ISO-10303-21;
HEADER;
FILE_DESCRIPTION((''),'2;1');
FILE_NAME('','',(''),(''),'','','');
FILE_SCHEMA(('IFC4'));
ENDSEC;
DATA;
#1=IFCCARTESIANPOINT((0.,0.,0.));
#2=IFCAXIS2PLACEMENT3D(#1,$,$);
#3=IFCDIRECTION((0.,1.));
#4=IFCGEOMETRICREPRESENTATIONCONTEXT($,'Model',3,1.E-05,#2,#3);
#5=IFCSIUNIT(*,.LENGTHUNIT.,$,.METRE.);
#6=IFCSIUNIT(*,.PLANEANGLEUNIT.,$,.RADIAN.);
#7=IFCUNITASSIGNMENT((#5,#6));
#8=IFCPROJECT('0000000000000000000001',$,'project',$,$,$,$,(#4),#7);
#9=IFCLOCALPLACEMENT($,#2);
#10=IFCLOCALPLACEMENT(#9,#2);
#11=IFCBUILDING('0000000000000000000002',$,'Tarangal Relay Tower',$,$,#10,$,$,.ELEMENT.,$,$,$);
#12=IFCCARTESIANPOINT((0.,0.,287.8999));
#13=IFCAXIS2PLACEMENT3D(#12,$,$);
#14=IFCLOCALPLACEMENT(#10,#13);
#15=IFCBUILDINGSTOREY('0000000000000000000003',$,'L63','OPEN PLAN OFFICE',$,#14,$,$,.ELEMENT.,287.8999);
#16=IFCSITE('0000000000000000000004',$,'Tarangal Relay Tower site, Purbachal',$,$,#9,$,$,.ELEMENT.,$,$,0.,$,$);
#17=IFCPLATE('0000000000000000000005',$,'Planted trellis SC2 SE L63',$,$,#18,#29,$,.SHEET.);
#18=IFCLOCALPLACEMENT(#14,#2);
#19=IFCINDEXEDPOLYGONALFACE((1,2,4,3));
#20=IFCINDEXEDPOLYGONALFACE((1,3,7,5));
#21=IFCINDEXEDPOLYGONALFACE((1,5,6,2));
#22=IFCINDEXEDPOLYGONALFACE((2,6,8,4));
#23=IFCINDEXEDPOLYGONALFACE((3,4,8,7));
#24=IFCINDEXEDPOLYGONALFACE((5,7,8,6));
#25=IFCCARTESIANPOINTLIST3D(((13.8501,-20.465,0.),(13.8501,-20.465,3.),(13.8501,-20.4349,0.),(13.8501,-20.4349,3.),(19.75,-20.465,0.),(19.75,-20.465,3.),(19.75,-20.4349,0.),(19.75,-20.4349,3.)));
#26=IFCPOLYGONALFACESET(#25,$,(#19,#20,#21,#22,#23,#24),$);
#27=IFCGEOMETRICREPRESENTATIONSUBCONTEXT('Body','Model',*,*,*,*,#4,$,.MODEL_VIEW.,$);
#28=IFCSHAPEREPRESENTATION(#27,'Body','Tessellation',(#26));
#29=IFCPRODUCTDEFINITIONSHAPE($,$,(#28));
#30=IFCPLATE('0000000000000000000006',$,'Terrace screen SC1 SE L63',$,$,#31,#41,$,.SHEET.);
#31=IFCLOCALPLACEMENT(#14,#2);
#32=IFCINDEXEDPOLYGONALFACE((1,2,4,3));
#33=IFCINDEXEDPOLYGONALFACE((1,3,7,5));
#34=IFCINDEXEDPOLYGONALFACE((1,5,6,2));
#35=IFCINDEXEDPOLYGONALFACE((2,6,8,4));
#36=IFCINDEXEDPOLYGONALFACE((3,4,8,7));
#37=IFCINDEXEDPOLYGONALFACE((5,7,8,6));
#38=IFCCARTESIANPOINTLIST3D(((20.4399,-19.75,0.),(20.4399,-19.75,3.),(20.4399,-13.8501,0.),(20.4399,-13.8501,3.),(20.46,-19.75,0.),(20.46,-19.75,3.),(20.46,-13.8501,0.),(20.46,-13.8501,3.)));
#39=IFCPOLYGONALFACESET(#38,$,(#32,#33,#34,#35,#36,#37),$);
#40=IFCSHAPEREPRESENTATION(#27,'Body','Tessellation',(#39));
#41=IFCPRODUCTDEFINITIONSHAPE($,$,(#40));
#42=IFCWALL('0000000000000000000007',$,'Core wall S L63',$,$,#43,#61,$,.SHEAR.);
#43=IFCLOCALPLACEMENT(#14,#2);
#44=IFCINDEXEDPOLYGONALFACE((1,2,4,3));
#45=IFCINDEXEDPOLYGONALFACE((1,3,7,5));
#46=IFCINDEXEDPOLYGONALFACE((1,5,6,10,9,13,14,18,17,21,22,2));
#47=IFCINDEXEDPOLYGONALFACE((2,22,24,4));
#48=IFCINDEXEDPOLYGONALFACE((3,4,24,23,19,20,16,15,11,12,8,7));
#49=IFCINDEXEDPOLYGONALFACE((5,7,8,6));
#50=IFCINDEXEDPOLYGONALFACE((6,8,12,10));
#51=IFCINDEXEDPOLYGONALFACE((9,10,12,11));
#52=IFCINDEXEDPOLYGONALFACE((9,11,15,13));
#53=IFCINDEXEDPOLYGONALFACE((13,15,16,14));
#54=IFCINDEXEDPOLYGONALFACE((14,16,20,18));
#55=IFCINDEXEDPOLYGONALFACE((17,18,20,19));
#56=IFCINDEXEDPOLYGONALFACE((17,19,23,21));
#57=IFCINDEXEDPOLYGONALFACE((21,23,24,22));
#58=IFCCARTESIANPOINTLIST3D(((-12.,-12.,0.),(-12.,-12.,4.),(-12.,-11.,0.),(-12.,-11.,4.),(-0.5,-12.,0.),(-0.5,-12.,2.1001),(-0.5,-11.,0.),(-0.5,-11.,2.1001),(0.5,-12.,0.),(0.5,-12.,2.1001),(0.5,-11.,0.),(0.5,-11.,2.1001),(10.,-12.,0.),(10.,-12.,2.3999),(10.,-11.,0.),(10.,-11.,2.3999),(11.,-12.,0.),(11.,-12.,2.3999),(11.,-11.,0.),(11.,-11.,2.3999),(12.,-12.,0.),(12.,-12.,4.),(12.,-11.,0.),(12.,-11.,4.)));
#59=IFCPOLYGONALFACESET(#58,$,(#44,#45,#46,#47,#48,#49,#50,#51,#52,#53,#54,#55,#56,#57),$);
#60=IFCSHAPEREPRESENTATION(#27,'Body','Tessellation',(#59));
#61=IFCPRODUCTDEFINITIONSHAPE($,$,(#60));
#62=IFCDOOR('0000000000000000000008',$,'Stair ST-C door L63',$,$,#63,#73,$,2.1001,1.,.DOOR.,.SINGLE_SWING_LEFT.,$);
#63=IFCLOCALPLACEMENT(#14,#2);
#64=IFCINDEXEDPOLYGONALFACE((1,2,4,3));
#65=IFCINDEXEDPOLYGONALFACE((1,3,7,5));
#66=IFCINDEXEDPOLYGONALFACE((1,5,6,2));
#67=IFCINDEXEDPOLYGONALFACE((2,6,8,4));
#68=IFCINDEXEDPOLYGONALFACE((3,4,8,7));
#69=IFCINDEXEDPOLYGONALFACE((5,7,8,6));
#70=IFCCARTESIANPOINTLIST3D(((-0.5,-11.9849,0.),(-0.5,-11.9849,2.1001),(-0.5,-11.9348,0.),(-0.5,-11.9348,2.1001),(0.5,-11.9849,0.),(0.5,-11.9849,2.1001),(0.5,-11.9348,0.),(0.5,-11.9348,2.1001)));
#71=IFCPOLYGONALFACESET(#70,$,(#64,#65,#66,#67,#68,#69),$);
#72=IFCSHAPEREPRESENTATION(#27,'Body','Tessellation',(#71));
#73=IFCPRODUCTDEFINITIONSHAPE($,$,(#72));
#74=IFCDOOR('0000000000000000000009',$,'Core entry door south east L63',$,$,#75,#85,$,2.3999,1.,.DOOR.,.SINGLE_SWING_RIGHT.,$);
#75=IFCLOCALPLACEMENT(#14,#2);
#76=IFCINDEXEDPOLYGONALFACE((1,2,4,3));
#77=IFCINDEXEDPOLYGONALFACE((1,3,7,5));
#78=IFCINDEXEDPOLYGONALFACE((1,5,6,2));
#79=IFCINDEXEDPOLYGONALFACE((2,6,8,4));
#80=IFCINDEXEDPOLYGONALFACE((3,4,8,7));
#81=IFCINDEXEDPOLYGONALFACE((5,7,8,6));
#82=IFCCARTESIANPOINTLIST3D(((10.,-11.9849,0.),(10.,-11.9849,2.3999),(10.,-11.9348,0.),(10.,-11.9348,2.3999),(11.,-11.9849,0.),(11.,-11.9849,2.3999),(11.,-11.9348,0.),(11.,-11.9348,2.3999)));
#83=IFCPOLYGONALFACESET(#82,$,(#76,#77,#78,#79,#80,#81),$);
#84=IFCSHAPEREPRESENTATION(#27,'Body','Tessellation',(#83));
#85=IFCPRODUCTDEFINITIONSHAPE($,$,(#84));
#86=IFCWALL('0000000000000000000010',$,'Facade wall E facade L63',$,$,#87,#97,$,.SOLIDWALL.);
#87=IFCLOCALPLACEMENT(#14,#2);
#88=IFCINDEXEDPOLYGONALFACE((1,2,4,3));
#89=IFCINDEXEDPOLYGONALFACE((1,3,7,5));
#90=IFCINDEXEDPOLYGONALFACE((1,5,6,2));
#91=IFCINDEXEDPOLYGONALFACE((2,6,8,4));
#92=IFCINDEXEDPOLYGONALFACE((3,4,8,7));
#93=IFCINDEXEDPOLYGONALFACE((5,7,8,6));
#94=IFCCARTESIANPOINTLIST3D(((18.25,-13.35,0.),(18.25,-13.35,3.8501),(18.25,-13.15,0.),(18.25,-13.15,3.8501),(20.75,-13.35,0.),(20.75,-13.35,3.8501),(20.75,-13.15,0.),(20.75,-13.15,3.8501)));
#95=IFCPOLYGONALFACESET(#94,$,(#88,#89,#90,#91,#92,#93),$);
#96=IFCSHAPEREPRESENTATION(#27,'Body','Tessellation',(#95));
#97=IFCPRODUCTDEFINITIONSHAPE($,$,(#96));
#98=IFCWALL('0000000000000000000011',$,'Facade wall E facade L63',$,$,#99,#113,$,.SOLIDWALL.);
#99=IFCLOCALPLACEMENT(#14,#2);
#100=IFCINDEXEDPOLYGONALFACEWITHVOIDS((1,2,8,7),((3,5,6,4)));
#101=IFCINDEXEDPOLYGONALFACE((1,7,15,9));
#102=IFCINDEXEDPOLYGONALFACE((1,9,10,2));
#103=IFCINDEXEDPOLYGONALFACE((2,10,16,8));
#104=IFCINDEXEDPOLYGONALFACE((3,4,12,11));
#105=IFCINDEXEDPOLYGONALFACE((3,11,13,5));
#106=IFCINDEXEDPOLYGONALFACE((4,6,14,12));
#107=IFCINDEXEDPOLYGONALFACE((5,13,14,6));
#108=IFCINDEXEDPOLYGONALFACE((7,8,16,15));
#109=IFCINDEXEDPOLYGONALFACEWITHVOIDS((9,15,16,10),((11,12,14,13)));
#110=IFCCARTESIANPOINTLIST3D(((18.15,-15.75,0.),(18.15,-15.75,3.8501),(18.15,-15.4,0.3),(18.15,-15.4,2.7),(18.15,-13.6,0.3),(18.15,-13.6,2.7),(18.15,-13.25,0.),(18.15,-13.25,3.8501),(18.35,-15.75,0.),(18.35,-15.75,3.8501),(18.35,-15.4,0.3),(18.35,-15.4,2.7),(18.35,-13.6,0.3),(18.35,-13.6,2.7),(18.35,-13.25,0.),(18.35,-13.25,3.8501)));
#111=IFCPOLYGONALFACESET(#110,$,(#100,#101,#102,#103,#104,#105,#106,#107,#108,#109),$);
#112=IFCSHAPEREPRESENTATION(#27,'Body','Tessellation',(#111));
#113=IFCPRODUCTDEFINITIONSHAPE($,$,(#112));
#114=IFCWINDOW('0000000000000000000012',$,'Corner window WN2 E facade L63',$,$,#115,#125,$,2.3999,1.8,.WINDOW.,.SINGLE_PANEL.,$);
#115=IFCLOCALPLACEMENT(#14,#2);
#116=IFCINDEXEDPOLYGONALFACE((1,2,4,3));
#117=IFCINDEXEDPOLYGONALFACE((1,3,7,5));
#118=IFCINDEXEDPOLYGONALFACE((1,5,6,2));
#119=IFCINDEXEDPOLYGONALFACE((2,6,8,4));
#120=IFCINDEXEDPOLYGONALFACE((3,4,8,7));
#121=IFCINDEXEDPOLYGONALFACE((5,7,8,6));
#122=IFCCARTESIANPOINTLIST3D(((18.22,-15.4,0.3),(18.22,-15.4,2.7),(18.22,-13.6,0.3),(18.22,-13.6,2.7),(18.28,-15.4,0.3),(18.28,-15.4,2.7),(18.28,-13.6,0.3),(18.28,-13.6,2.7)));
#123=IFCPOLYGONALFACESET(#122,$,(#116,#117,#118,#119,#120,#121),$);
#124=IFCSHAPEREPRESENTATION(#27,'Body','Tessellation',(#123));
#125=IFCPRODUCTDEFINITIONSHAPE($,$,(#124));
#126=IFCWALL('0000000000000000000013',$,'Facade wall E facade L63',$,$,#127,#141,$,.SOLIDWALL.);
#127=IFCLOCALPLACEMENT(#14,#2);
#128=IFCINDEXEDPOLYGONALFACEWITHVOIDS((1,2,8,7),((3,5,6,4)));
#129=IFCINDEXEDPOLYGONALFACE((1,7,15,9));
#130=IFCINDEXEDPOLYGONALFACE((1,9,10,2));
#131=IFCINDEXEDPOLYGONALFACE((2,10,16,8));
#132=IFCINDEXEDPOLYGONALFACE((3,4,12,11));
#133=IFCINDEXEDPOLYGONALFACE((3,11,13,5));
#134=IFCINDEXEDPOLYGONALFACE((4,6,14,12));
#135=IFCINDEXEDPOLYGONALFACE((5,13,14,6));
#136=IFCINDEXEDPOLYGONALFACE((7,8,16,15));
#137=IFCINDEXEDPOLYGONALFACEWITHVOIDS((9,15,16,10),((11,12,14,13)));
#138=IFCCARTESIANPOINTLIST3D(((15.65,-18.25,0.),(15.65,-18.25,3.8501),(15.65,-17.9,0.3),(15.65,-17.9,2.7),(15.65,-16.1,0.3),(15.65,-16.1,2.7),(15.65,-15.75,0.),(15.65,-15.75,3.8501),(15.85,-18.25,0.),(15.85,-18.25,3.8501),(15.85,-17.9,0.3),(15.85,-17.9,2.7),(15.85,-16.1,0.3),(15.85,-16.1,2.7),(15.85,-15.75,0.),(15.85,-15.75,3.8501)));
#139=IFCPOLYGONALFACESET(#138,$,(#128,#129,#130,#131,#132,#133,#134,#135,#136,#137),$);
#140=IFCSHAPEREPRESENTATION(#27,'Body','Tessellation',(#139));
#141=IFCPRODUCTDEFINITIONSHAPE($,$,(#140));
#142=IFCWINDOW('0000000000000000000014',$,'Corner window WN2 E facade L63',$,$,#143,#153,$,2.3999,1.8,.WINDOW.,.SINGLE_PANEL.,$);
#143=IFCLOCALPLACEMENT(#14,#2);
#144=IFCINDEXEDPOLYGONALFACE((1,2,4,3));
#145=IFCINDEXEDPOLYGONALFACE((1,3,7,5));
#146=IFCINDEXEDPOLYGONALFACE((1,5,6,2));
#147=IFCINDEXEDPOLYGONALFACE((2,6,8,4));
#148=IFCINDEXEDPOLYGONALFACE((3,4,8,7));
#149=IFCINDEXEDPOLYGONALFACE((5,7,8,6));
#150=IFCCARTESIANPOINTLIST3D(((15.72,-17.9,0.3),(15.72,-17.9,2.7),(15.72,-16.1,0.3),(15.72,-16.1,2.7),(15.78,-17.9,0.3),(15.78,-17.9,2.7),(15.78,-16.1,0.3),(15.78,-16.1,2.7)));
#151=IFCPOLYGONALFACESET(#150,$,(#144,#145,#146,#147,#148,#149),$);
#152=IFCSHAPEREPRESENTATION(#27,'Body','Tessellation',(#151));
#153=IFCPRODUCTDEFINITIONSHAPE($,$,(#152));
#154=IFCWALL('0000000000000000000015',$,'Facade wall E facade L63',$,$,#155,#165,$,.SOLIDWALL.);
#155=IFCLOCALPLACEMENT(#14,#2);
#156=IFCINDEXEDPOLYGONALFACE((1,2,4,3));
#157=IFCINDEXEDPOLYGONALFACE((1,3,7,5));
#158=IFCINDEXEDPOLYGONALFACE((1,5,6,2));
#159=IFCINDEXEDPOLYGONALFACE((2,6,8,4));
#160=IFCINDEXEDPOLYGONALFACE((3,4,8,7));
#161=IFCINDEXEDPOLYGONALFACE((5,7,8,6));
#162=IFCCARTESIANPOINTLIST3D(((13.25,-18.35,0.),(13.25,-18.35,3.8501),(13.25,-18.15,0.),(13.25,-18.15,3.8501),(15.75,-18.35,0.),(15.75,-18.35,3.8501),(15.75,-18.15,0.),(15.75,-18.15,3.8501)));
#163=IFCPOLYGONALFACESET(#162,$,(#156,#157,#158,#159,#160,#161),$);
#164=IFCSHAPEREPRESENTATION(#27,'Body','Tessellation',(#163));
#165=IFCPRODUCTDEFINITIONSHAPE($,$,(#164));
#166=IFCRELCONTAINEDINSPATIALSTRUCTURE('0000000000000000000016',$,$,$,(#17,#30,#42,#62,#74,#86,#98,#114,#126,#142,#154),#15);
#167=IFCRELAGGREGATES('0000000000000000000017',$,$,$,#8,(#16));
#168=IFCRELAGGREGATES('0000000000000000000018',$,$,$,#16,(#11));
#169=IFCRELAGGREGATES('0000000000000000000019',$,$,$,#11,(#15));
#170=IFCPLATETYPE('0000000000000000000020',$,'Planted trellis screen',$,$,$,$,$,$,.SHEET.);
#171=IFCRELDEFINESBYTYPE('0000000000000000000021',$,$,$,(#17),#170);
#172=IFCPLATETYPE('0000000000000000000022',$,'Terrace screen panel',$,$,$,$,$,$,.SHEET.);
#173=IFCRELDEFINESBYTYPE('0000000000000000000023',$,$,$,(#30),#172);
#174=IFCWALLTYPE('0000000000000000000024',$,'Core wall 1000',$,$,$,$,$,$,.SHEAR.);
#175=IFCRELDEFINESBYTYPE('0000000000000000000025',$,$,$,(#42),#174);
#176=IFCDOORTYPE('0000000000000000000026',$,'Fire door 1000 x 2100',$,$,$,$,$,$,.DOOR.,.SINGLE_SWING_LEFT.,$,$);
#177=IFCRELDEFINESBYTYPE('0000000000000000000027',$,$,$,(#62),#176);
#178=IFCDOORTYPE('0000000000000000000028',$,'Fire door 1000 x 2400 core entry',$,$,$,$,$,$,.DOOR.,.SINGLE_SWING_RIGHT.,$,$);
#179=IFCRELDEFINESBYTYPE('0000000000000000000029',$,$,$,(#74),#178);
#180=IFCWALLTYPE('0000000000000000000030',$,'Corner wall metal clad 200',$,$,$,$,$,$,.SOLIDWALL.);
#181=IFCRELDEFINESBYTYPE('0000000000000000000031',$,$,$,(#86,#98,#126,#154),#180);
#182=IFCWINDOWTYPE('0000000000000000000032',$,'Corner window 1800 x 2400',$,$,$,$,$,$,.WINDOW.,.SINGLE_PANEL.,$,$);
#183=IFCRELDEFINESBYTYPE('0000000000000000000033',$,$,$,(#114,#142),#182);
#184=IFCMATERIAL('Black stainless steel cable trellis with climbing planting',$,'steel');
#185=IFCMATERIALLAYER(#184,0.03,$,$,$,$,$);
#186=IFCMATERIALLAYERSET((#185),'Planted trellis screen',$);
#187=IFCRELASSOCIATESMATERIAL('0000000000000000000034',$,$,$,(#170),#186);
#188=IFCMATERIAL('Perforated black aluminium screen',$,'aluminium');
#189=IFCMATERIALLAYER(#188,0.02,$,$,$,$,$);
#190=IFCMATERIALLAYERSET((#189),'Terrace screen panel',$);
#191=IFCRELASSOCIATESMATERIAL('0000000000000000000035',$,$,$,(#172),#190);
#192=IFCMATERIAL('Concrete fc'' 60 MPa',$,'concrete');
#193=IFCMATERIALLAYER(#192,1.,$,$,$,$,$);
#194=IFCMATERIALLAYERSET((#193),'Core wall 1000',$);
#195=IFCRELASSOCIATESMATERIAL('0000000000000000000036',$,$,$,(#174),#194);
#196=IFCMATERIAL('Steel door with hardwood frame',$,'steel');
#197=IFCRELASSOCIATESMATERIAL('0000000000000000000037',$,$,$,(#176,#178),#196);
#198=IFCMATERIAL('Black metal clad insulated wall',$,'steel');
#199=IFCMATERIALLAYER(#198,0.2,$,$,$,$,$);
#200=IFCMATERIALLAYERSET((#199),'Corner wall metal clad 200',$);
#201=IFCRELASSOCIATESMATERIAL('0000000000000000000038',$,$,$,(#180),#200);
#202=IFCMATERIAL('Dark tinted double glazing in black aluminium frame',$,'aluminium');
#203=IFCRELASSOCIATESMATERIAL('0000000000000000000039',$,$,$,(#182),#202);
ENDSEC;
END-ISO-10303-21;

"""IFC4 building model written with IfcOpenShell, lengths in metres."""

from ifc_helpers import new_model, si_unit, direction, frame, frame_2d, origin, origin_2d, place, context, subcontext, project, spatial, rectangle, extrude, material, layer, layer_set, type_object, element, fill, save


model = new_model("IFC4")

# Units and contexts
model_context = context("Model", 3, precision=1e-05, world=origin(), true_north=direction((0.0, 1.0)))
body_context = subcontext(model_context, "Body", "Model", "MODEL_VIEW")
ifc_project = project(units=[si_unit("LENGTHUNIT", "METRE"), si_unit("PLANEANGLEUNIT", "RADIAN")], contexts=[model_context])

# Site, building, storey
site_placement = place(None, origin())
site = spatial("IfcSite", under=ifc_project, at=site_placement, Name="Tarangal Relay Tower site, Purbachal", CompositionType="ELEMENT", RefElevation=0.0)
building_placement = place(site_placement, origin())
building = spatial("IfcBuilding", under=site, at=building_placement, Name="Tarangal Relay Tower", CompositionType="ELEMENT")
storey_placement = place(building_placement, frame((0.0, 0.0, 287.8999)))
storey = spatial("IfcBuildingStorey", under=building, at=storey_placement, Name="L63", Description="OPEN PLAN OFFICE", CompositionType="ELEMENT", Elevation=287.8999)

# Plates
ifc_material_1 = material(Name="Black stainless steel cable trellis with climbing planting", Category="steel")
ifc_layer_1 = layer(ifc_material_1, 0.03)
ifc_layer_set_1 = layer_set([ifc_layer_1], Name="Planted trellis screen")
plate_type_1 = type_object("IfcPlateType", Name="Planted trellis screen", PredefinedType="SHEET", material=ifc_layer_set_1)
plate_1_placement = place(storey_placement, frame((16.8, -20.45, 0.0), z_axis=(0.0, 0.0, 1.0), x_axis=(-1.0, 0.0, 0.0)))
element("IfcPlate", 1, at=plate_1_placement, inside=storey, type_object=plate_type_1, Name="Planted trellis SC2 SE L63", PredefinedType="SHEET", context=body_context, shape_type="SweptSolid", body=[
    extrude(rectangle(XDim=5.8999, YDim=0.03, at=origin_2d()), origin(), (0.0, 0.0, 1.0), 3.0),
])
ifc_material_2 = material(Name="Perforated black aluminium screen", Category="aluminium")
ifc_layer_2 = layer(ifc_material_2, 0.02)
ifc_layer_set_2 = layer_set([ifc_layer_2], Name="Terrace screen panel")
plate_type_2 = type_object("IfcPlateType", Name="Terrace screen panel", PredefinedType="SHEET", material=ifc_layer_set_2)
plate_2_placement = place(storey_placement, frame((20.45, -16.8, 0.0), z_axis=(0.0, 0.0, 1.0), x_axis=(0.0, -1.0, 0.0)))
element("IfcPlate", 2, at=plate_2_placement, inside=storey, type_object=plate_type_2, Name="Terrace screen SC1 SE L63", PredefinedType="SHEET", context=body_context, shape_type="SweptSolid", body=[
    extrude(rectangle(XDim=5.8999, YDim=0.02, at=origin_2d()), origin(), (0.0, 0.0, 1.0), 3.0),
])

# Wall, openings, doors
ifc_material_3 = material(Name="Concrete fc' 60 MPa", Category="concrete")
ifc_layer_3 = layer(ifc_material_3, 1.0)
ifc_layer_set_3 = layer_set([ifc_layer_3], Name="Core wall 1000")
wall_type_1 = type_object("IfcWallType", Name="Core wall 1000", PredefinedType="SHEAR", material=ifc_layer_set_3)
wall_1_placement = place(storey_placement, frame((12.0, -11.5, 0.0), z_axis=(0.0, 0.0, 1.0), x_axis=(-1.0, 0.0, 0.0)))
wall_1 = element("IfcWall", 3, at=wall_1_placement, inside=storey, type_object=wall_type_1, Name="Core wall S L63", PredefinedType="SHEAR", context=body_context, shape_type="SweptSolid", body=[
    extrude(rectangle(XDim=24.0, YDim=1.0, at=frame_2d((12.0, 0.0))), origin(), (0.0, 0.0, 1.0), 4.0),
])
opening_1_placement = place(wall_1_placement, frame((11.5, 0.0, 0.0)))
opening_1 = element("IfcOpeningElement", 4, at=opening_1_placement, cuts=wall_1, PredefinedType="OPENING", context=body_context, shape_type="SweptSolid", body=[
    extrude(rectangle(XDim=1.0, YDim=2.1001, at=frame_2d((0.5, 1.05))), frame((0.0, 0.51, 0.0), z_axis=(0.0, -1.0, 0.0), x_axis=(1.0, 0.0, 0.0)), (0.0, 0.0, 1.0), 1.02),
])
opening_2_placement = place(wall_1_placement, frame((1.0, 0.0, 0.0)))
opening_2 = element("IfcOpeningElement", 5, at=opening_2_placement, cuts=wall_1, PredefinedType="OPENING", context=body_context, shape_type="SweptSolid", body=[
    extrude(rectangle(XDim=1.0, YDim=2.3999, at=frame_2d((0.5, 1.2))), frame((0.0, 0.51, 0.0), z_axis=(0.0, -1.0, 0.0), x_axis=(1.0, 0.0, 0.0)), (0.0, 0.0, 1.0), 1.02),
])
ifc_material_4 = material(Name="Steel door with hardwood frame", Category="steel")
door_type_1 = type_object("IfcDoorType", Name="Fire door 1000 x 2100", OperationType="SINGLE_SWING_LEFT", PredefinedType="DOOR", material=ifc_material_4)
door_1_placement = place(opening_1_placement, origin())
door_1 = element("IfcDoor", 6, at=door_1_placement, inside=storey, type_object=door_type_1, Name="Stair ST-C door L63", OperationType="SINGLE_SWING_LEFT", OverallHeight=2.1001, OverallWidth=1.0, PredefinedType="DOOR", context=body_context, shape_type="SweptSolid", body=[
    extrude(rectangle(XDim=1.0, YDim=2.1001, at=frame_2d((0.5, 1.05))), frame((0.0, 0.4849, 0.0), z_axis=(0.0, -1.0, 0.0), x_axis=(1.0, 0.0, 0.0)), (0.0, 0.0, 1.0), 0.05),
])
fill(opening_1, door_1)
door_type_2 = type_object("IfcDoorType", Name="Fire door 1000 x 2400 core entry", OperationType="SINGLE_SWING_RIGHT", PredefinedType="DOOR", material=ifc_material_4)
door_2_placement = place(opening_2_placement, origin())
door_2 = element("IfcDoor", 7, at=door_2_placement, inside=storey, type_object=door_type_2, Name="Core entry door south east L63", OperationType="SINGLE_SWING_RIGHT", OverallHeight=2.3999, OverallWidth=1.0, PredefinedType="DOOR", context=body_context, shape_type="SweptSolid", body=[
    extrude(rectangle(XDim=1.0, YDim=2.3999, at=frame_2d((0.5, 1.2))), frame((0.0, 0.4849, 0.0), z_axis=(0.0, -1.0, 0.0), x_axis=(1.0, 0.0, 0.0)), (0.0, 0.0, 1.0), 0.05),
])
fill(opening_2, door_2)

# Wall
ifc_material_5 = material(Name="Black metal clad insulated wall", Category="steel")
ifc_layer_4 = layer(ifc_material_5, 0.2)
ifc_layer_set_4 = layer_set([ifc_layer_4], Name="Corner wall metal clad 200")
wall_type_2 = type_object("IfcWallType", Name="Corner wall metal clad 200", PredefinedType="SOLIDWALL", material=ifc_layer_set_4)
wall_2_placement = place(storey_placement, frame((20.75, -13.25, 0.0), z_axis=(0.0, 0.0, 1.0), x_axis=(-1.0, 0.0, 0.0)))
element("IfcWall", 8, at=wall_2_placement, inside=storey, type_object=wall_type_2, Name="Facade wall E facade L63", PredefinedType="SOLIDWALL", context=body_context, shape_type="SweptSolid", body=[
    extrude(rectangle(XDim=2.5, YDim=0.2, at=frame_2d((1.25, 0.0))), origin(), (0.0, 0.0, 1.0), 3.8501),
])

# Wall, opening, window
wall_3_placement = place(storey_placement, frame((18.25, -13.25, 0.0), z_axis=(0.0, 0.0, 1.0), x_axis=(0.0, -1.0, 0.0)))
wall_3 = element("IfcWall", 9, at=wall_3_placement, inside=storey, type_object=wall_type_2, Name="Facade wall E facade L63", PredefinedType="SOLIDWALL", context=body_context, shape_type="SweptSolid", body=[
    extrude(rectangle(XDim=2.5, YDim=0.2, at=frame_2d((1.25, 0.0))), origin(), (0.0, 0.0, 1.0), 3.8501),
])
opening_3_placement = place(wall_3_placement, frame((0.3501, 0.0, 0.3)))
opening_3 = element("IfcOpeningElement", 10, at=opening_3_placement, cuts=wall_3, PredefinedType="OPENING", context=body_context, shape_type="SweptSolid", body=[
    extrude(rectangle(XDim=1.8, YDim=2.3999, at=frame_2d((0.8999, 1.2))), frame((0.0, 0.1099, 0.0), z_axis=(0.0, -1.0, 0.0), x_axis=(1.0, 0.0, 0.0)), (0.0, 0.0, 1.0), 0.22),
])
ifc_material_6 = material(Name="Dark tinted double glazing in black aluminium frame", Category="aluminium")
window_type = type_object("IfcWindowType", Name="Corner window 1800 x 2400", PartitioningType="SINGLE_PANEL", PredefinedType="WINDOW", material=ifc_material_6)
window_1_placement = place(opening_3_placement, origin())
window_1 = element("IfcWindow", 11, at=window_1_placement, inside=storey, type_object=window_type, Name="Corner window WN2 E facade L63", OverallHeight=2.3999, OverallWidth=1.8, PartitioningType="SINGLE_PANEL", PredefinedType="WINDOW", context=body_context, shape_type="SweptSolid", body=[
    extrude(rectangle(XDim=1.8, YDim=2.3999, at=frame_2d((0.8999, 1.2))), frame((0.0, 0.03, 0.0), z_axis=(0.0, -1.0, 0.0), x_axis=(1.0, 0.0, 0.0)), (0.0, 0.0, 1.0), 0.0601),
])
fill(opening_3, window_1)

# Wall, opening, window
wall_4_placement = place(storey_placement, frame((15.75, -15.75, 0.0), z_axis=(0.0, 0.0, 1.0), x_axis=(0.0, -1.0, 0.0)))
wall_4 = element("IfcWall", 12, at=wall_4_placement, inside=storey, type_object=wall_type_2, Name="Facade wall E facade L63", PredefinedType="SOLIDWALL", context=body_context, shape_type="SweptSolid", body=[
    extrude(rectangle(XDim=2.5, YDim=0.2, at=frame_2d((1.25, 0.0))), origin(), (0.0, 0.0, 1.0), 3.8501),
])
opening_4_placement = place(wall_4_placement, frame((0.3501, 0.0, 0.3)))
opening_4 = element("IfcOpeningElement", 13, at=opening_4_placement, cuts=wall_4, PredefinedType="OPENING", context=body_context, shape_type="SweptSolid", body=[
    extrude(rectangle(XDim=1.8, YDim=2.3999, at=frame_2d((0.8999, 1.2))), frame((0.0, 0.1099, 0.0), z_axis=(0.0, -1.0, 0.0), x_axis=(1.0, 0.0, 0.0)), (0.0, 0.0, 1.0), 0.22),
])
window_2_placement = place(opening_4_placement, origin())
window_2 = element("IfcWindow", 14, at=window_2_placement, inside=storey, type_object=window_type, Name="Corner window WN2 E facade L63", OverallHeight=2.3999, OverallWidth=1.8, PartitioningType="SINGLE_PANEL", PredefinedType="WINDOW", context=body_context, shape_type="SweptSolid", body=[
    extrude(rectangle(XDim=1.8, YDim=2.3999, at=frame_2d((0.8999, 1.2))), frame((0.0, 0.03, 0.0), z_axis=(0.0, -1.0, 0.0), x_axis=(1.0, 0.0, 0.0)), (0.0, 0.0, 1.0), 0.0601),
])
fill(opening_4, window_2)

# Wall
wall_5_placement = place(storey_placement, frame((15.75, -18.25, 0.0), z_axis=(0.0, 0.0, 1.0), x_axis=(-1.0, 0.0, 0.0)))
element("IfcWall", 15, at=wall_5_placement, inside=storey, type_object=wall_type_2, Name="Facade wall E facade L63", PredefinedType="SOLIDWALL", context=body_context, shape_type="SweptSolid", body=[
    extrude(rectangle(XDim=2.5, YDim=0.2, at=frame_2d((1.25, 0.0))), origin(), (0.0, 0.0, 1.0), 3.8501),
])

save(model, "model.ifc")
